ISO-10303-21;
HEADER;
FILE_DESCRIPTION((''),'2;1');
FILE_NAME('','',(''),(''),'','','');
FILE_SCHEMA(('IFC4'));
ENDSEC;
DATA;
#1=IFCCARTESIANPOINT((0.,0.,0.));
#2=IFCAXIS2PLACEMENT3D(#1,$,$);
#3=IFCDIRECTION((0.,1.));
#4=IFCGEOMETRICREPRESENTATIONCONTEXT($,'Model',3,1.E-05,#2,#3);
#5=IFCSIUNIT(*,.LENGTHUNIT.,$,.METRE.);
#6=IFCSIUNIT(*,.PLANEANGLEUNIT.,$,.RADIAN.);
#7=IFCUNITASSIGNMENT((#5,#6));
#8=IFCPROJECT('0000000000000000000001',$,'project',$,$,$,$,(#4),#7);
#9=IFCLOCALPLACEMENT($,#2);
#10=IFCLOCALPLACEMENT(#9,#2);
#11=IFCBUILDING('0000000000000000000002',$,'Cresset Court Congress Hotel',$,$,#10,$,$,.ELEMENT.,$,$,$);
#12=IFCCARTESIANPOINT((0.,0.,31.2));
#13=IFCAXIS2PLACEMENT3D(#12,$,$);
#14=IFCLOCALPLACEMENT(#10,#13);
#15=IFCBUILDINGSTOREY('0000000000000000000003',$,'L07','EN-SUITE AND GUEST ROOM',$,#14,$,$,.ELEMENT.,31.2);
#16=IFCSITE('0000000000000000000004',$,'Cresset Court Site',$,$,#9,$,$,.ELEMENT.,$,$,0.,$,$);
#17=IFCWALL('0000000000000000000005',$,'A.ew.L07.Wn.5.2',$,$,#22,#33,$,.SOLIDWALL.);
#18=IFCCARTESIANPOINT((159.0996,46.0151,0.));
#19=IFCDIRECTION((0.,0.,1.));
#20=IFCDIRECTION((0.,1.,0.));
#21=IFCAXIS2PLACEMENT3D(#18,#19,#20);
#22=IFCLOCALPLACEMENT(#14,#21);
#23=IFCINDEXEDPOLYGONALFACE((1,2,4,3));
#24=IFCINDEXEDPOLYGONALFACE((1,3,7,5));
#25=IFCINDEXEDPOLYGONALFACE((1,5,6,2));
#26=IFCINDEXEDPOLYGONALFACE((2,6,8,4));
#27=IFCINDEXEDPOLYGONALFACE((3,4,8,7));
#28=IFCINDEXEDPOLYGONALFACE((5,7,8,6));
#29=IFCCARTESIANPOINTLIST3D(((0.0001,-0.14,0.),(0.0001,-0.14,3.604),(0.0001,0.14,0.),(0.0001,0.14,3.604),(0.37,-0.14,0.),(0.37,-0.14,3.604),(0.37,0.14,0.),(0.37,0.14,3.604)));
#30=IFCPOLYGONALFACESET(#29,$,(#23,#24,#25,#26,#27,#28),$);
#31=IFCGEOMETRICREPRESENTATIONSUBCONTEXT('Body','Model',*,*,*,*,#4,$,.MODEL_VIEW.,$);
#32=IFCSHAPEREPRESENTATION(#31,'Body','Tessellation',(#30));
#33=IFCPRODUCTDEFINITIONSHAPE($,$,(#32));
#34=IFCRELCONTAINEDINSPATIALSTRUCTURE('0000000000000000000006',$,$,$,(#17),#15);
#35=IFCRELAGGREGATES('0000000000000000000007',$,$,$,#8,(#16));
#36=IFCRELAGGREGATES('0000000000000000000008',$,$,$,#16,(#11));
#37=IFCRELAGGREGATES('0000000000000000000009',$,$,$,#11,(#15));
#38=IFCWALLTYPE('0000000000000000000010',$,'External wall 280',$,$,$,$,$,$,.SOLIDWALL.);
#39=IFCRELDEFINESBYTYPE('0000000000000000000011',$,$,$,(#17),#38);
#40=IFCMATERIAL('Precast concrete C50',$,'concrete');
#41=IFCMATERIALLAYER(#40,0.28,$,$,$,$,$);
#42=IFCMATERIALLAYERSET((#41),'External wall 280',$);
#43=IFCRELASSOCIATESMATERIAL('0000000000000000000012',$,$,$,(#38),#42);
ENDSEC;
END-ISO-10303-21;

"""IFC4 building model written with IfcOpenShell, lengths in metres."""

from ifc_helpers import new_model, si_unit, direction, frame, frame_2d, origin, place, context, subcontext, project, spatial, rectangle, extrude, material, layer, layer_set, type_object, element, save


model = new_model("IFC4")

# Units and contexts
model_context = context("Model", 3, precision=1e-05, world=origin(), true_north=direction((0.0, 1.0)))
body_context = subcontext(model_context, "Body", "Model", "MODEL_VIEW")
ifc_project = project(units=[si_unit("LENGTHUNIT", "METRE"), si_unit("PLANEANGLEUNIT", "RADIAN")], contexts=[model_context])

# Site, building, storey
site_placement = place(None, origin())
site = spatial("IfcSite", under=ifc_project, at=site_placement, Name="Cresset Court Site", CompositionType="ELEMENT", RefElevation=0.0)
building_placement = place(site_placement, origin())
building = spatial("IfcBuilding", under=site, at=building_placement, Name="Cresset Court Congress Hotel", CompositionType="ELEMENT")
storey_placement = place(building_placement, frame((0.0, 0.0, 31.2)))
storey = spatial("IfcBuildingStorey", under=building, at=storey_placement, Name="L07", Description="EN-SUITE AND GUEST ROOM", CompositionType="ELEMENT", Elevation=31.2)

# Shared definitions
ifc_material_1 = material(Name="Precast concrete C50", Category="concrete")
ifc_layer_1 = layer(ifc_material_1, 0.28)
ifc_layer_set_1 = layer_set([ifc_layer_1], Name="External wall 280")
wall_type_1 = type_object("IfcWallType", Name="External wall 280", PredefinedType="SOLIDWALL", material=ifc_layer_set_1)

# Wall
wall_1_placement = place(storey_placement, frame((159.0996, 46.0151, 0.0), z_axis=(0.0, 0.0, 1.0), x_axis=(0.0, 1.0, 0.0)))
element("IfcWall", 1, at=wall_1_placement, inside=storey, type_object=wall_type_1, Name="A.ew.L07.Wn.5.2", PredefinedType="SOLIDWALL", context=body_context, shape_type="SweptSolid", body=[
    extrude(rectangle(XDim=0.3699, YDim=0.28, at=frame_2d((0.1851, 0.0))), origin(), (0.0, 0.0, 1.0), 3.604),
])

save(model, "model.ifc")
